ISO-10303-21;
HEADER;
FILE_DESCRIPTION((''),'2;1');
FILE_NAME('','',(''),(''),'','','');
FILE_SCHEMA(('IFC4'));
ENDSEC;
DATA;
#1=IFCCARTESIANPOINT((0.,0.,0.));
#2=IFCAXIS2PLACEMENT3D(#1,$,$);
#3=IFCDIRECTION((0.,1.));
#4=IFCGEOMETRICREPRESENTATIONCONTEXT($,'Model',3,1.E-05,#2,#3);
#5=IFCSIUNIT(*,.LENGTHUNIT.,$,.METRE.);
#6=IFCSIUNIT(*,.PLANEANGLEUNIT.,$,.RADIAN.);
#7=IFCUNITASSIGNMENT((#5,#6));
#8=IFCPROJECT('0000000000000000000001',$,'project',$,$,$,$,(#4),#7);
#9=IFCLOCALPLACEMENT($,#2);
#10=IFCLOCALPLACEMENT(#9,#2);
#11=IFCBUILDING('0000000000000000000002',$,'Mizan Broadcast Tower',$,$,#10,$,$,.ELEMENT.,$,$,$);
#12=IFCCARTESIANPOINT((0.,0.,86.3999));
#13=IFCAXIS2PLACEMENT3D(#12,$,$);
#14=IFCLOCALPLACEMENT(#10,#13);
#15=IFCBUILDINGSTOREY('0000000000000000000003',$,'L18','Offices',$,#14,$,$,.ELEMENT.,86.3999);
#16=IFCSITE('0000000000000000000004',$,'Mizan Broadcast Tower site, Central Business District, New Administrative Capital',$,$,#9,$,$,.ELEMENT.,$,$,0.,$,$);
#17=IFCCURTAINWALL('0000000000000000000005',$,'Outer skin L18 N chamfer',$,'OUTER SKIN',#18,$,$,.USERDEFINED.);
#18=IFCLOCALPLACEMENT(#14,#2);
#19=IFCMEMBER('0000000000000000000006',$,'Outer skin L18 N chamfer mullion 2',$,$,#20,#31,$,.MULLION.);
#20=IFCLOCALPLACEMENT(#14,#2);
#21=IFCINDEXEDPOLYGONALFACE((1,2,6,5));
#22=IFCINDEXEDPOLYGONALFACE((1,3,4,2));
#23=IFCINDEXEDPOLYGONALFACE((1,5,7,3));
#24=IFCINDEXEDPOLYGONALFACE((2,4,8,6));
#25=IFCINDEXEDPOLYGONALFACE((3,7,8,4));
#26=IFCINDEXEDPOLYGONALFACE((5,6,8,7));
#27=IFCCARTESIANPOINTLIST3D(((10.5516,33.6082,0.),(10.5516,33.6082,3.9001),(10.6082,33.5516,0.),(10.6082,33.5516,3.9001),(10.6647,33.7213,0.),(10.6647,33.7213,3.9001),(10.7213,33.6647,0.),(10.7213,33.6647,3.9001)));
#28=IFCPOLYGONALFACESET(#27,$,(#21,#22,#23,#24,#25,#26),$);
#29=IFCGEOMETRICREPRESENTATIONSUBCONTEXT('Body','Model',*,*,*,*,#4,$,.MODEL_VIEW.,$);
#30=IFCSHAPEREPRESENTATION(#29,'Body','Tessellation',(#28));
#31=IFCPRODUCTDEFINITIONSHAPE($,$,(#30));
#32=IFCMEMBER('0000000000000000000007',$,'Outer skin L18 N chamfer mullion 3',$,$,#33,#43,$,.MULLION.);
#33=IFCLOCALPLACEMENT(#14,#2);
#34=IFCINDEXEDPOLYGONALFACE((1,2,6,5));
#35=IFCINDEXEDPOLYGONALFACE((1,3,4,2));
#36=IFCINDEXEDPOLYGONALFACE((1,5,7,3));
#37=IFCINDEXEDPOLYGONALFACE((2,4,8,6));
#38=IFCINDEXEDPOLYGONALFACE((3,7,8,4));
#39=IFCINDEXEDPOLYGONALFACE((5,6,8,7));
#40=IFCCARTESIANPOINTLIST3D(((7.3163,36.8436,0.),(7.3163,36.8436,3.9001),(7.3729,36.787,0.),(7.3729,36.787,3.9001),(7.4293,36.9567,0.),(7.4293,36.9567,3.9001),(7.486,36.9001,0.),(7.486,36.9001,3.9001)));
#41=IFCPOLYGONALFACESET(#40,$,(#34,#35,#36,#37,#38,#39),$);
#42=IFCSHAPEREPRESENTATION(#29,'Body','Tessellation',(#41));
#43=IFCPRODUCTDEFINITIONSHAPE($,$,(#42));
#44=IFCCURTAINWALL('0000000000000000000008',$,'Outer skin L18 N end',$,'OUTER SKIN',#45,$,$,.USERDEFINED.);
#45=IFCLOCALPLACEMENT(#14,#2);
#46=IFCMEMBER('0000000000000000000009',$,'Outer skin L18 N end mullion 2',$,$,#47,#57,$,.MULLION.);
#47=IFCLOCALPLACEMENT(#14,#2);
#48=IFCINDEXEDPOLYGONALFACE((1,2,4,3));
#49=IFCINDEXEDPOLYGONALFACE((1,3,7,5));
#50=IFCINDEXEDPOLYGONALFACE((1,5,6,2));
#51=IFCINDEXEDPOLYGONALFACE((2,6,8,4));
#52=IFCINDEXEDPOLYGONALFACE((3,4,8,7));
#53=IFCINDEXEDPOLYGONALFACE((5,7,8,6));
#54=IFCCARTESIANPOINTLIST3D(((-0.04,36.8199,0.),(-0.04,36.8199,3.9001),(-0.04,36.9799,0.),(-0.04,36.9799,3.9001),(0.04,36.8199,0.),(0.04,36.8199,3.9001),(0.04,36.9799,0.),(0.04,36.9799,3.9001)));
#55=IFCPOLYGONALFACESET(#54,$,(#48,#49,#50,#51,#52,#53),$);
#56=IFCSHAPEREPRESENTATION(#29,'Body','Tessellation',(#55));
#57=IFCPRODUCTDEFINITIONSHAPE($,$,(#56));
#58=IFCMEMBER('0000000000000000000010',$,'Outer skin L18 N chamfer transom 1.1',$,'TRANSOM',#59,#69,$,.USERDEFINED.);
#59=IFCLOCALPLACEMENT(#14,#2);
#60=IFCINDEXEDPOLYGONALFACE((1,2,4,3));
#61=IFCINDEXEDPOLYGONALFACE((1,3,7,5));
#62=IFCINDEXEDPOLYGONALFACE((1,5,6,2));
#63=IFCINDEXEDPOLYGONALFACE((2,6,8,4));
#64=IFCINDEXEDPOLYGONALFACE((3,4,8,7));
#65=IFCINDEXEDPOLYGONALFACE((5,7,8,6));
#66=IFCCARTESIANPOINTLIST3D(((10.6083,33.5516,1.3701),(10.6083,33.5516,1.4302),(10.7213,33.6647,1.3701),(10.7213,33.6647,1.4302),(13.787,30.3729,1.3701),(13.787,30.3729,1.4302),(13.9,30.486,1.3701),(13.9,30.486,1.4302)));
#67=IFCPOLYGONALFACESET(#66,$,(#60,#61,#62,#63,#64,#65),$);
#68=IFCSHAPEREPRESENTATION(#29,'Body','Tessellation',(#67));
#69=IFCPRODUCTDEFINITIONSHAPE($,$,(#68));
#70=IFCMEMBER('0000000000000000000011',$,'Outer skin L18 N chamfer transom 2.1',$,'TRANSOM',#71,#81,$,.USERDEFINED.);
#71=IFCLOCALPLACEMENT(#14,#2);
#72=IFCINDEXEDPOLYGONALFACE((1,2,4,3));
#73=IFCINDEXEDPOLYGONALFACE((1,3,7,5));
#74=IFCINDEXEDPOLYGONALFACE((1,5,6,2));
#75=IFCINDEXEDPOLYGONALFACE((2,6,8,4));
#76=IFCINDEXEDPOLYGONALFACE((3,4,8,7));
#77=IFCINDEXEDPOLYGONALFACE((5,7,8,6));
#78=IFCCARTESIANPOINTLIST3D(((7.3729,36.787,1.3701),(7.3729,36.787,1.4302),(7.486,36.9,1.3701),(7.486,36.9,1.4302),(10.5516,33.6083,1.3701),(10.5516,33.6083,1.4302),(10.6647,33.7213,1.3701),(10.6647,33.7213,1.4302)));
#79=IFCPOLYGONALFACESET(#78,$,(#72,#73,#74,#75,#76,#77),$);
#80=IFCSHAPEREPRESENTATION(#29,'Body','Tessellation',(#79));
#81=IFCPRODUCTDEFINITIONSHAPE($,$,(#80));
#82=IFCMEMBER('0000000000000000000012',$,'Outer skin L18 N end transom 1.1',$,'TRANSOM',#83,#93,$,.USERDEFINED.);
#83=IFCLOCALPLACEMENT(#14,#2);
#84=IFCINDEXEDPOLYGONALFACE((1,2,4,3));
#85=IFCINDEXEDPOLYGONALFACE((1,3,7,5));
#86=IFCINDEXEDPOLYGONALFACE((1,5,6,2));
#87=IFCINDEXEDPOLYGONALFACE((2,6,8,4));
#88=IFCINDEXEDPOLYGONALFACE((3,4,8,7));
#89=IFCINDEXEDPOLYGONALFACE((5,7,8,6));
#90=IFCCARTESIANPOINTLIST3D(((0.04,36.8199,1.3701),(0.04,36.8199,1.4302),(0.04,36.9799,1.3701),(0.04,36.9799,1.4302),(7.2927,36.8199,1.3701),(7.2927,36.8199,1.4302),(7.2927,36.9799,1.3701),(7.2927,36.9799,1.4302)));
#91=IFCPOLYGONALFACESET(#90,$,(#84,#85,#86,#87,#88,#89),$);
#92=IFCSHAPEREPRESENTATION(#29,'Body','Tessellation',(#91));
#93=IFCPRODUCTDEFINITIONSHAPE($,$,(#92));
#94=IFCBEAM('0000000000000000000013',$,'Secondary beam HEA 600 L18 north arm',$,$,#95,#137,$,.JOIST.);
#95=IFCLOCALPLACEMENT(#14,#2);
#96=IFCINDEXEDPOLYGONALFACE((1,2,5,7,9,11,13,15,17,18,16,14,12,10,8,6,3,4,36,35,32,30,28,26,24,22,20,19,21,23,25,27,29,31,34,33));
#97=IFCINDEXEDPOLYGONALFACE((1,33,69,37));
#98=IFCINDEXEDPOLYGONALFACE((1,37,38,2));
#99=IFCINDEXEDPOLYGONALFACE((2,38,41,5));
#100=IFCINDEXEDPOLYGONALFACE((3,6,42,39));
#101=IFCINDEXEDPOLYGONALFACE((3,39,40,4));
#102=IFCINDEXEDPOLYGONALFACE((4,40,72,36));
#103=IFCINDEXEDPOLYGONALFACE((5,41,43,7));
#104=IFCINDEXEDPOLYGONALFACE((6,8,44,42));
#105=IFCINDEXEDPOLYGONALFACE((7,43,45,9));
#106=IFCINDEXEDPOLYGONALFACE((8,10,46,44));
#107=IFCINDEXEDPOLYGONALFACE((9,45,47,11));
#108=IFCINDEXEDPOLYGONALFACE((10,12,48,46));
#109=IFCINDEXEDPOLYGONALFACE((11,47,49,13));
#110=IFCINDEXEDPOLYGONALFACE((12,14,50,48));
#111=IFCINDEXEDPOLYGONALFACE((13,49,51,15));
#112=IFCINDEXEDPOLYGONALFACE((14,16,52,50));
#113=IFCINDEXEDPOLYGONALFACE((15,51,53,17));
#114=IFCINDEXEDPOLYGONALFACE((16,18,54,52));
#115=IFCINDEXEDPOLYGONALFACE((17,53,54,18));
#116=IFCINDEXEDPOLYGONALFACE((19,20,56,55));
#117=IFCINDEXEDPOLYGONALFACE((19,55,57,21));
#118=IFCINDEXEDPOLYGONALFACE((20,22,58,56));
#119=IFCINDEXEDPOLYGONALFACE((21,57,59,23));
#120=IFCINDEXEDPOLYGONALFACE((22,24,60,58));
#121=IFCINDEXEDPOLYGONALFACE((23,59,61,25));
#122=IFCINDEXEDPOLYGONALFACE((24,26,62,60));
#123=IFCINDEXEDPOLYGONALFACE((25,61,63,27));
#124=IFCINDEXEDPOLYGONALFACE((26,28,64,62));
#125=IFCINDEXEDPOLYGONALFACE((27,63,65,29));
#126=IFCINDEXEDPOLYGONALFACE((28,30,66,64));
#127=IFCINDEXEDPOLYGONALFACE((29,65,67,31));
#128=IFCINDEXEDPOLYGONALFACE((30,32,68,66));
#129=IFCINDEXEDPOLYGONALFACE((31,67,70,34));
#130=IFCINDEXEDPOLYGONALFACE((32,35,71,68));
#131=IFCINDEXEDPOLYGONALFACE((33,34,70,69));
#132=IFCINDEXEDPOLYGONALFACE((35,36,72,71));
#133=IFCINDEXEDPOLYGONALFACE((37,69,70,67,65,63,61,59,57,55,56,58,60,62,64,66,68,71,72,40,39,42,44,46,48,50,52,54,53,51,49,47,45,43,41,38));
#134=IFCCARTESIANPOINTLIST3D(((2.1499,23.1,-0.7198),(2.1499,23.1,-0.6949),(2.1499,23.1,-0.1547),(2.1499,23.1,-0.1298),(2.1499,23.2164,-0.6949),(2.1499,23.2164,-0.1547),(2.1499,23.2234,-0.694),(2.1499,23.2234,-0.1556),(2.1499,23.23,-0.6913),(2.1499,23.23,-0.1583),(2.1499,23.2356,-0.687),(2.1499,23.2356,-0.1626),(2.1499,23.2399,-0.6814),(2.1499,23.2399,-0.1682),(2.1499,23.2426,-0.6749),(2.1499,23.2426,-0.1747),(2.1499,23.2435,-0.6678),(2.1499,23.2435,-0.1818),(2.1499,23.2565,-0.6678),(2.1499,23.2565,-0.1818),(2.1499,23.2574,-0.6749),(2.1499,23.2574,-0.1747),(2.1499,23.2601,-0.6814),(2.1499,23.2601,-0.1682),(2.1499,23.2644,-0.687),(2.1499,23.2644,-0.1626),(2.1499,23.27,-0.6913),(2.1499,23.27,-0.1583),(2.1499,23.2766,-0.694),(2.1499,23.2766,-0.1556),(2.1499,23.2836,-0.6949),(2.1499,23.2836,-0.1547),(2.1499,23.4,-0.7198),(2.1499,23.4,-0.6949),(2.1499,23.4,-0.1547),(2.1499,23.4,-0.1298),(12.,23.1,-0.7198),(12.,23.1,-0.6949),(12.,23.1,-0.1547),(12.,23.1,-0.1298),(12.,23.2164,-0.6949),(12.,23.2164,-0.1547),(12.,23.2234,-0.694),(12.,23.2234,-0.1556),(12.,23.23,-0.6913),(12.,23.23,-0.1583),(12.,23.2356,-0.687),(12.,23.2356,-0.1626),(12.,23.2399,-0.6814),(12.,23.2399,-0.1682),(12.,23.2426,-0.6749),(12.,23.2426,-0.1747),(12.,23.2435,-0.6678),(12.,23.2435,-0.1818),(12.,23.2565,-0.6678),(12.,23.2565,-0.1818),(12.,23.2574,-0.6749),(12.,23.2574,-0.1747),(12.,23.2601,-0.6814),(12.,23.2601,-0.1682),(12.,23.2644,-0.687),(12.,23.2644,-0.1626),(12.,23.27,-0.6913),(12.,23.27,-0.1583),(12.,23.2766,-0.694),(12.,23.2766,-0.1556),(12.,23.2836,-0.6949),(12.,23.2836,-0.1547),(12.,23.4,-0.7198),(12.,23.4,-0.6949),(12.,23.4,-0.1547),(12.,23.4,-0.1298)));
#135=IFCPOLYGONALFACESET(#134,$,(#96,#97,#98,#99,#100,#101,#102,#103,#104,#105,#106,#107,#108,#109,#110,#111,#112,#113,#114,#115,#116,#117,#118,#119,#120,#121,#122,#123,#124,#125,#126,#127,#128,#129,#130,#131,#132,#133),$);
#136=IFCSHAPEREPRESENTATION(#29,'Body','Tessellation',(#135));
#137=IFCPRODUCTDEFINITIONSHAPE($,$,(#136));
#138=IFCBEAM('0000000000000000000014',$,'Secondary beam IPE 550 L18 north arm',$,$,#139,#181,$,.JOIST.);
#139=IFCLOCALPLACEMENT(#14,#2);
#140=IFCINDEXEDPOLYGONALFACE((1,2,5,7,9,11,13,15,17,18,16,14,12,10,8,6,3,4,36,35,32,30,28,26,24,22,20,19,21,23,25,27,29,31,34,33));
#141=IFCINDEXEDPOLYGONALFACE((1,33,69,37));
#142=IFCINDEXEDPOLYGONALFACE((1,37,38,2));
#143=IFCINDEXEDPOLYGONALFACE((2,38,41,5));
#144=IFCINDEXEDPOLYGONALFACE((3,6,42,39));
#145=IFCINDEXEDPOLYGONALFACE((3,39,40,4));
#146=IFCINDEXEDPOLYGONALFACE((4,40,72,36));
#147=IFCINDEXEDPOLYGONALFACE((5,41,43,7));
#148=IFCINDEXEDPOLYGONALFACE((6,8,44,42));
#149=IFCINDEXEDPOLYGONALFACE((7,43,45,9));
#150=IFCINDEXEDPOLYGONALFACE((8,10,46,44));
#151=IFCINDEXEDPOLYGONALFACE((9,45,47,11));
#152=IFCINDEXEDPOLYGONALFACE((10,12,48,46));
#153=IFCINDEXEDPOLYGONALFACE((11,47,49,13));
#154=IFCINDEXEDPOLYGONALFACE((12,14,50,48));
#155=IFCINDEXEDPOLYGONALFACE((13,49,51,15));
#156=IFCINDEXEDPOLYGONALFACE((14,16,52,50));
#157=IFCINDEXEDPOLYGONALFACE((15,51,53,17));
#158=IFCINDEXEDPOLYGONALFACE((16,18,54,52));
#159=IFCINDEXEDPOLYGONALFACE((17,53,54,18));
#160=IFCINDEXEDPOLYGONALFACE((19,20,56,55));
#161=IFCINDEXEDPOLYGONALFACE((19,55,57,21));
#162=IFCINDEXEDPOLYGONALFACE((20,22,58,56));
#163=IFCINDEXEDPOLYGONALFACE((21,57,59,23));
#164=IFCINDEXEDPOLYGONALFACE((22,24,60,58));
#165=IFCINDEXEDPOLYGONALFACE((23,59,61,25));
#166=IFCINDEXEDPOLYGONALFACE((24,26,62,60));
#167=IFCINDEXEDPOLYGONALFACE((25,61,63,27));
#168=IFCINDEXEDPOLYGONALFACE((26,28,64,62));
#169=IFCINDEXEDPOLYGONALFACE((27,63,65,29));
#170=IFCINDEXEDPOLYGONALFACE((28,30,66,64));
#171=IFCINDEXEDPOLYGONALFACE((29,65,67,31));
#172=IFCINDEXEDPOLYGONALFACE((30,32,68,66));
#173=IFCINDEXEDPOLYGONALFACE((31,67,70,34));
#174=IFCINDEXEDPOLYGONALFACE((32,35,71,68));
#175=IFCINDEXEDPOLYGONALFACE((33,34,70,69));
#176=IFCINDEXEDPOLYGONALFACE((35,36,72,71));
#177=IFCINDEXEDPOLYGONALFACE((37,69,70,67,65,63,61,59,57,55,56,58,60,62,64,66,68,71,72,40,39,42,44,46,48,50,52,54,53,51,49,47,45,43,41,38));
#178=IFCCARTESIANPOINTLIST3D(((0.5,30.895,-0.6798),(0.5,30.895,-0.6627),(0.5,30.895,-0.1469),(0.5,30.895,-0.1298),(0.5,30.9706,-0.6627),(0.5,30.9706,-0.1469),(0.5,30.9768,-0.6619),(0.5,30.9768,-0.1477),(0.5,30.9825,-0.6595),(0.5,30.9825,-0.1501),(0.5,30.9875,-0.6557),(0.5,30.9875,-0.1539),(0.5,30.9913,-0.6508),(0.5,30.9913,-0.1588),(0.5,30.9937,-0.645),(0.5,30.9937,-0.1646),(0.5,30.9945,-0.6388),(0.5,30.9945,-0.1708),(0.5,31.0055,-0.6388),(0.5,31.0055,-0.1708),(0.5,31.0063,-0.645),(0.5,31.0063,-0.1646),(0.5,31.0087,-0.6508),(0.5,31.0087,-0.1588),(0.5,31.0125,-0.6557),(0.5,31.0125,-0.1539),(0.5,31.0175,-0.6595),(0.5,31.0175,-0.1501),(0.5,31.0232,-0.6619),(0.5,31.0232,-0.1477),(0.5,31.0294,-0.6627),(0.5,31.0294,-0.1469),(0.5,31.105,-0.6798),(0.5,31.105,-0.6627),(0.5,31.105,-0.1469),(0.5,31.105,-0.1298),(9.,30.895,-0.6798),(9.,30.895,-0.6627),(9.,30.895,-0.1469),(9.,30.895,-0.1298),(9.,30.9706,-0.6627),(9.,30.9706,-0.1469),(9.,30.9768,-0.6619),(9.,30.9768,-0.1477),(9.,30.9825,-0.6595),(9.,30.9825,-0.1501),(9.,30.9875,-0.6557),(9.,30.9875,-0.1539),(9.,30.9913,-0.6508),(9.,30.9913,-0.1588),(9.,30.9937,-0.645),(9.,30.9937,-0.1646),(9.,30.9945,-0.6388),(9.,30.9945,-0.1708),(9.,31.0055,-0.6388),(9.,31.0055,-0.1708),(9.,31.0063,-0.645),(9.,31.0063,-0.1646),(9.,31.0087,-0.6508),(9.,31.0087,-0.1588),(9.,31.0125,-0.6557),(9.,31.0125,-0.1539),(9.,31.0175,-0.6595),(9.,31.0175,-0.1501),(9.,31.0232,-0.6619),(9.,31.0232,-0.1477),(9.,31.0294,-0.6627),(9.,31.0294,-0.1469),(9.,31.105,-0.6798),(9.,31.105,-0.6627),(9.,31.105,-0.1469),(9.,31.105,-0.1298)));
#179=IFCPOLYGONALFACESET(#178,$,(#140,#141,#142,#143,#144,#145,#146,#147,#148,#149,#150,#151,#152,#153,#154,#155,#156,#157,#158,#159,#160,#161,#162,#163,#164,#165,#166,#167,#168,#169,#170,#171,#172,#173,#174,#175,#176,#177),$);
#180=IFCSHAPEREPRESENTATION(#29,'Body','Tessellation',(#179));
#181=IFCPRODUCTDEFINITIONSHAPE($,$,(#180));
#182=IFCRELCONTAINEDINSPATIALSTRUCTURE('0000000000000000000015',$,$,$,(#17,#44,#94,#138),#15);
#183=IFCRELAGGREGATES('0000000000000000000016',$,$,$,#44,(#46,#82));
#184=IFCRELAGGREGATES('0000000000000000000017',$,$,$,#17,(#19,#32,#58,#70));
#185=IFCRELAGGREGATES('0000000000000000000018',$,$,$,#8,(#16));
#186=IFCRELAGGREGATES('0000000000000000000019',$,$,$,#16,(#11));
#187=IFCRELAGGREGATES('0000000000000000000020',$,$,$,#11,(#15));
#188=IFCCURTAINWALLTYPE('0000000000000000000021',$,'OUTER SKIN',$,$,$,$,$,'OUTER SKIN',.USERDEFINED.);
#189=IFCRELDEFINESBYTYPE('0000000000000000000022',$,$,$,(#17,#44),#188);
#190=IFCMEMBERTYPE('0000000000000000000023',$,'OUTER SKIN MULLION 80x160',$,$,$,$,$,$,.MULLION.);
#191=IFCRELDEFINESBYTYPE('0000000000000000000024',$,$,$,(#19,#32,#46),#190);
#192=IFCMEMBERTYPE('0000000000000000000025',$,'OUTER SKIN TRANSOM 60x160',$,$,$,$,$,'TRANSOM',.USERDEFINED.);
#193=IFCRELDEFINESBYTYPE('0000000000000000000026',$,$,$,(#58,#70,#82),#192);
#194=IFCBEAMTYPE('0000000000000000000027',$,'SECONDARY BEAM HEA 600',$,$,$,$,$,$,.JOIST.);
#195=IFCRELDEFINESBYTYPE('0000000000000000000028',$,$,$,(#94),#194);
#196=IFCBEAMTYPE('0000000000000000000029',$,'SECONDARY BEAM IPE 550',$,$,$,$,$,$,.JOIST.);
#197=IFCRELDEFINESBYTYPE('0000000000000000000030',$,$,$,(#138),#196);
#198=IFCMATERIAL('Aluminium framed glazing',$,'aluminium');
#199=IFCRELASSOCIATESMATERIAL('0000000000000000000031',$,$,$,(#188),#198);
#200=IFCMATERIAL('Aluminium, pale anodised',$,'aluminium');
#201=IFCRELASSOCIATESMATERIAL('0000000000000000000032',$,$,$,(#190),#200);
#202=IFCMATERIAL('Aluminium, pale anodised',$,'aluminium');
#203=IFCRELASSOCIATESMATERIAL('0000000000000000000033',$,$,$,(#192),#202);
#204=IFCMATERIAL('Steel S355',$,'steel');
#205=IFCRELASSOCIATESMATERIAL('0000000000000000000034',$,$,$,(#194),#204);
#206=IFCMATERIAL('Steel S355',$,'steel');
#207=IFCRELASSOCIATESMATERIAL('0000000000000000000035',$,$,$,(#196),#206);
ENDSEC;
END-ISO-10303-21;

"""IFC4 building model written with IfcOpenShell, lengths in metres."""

from ifc_helpers import new_model, si_unit, direction, frame, origin, origin_2d, place, context, subcontext, project, spatial, rectangle, i_section, extrude, material, material_profile, profile_set, type_object, element, aggregate, save


model = new_model("IFC4")

# Units and contexts
model_context = context("Model", 3, precision=1e-05, world=origin(), true_north=direction((0.0, 1.0)))
body_context = subcontext(model_context, "Body", "Model", "MODEL_VIEW")
ifc_project = project(units=[si_unit("LENGTHUNIT", "METRE"), si_unit("PLANEANGLEUNIT", "RADIAN")], contexts=[model_context])

# Site, building, storey
site_placement = place(None, origin())
site = spatial("IfcSite", under=ifc_project, at=site_placement, Name="Mizan Broadcast Tower site, Central Business District, New Administrative Capital", CompositionType="ELEMENT", RefElevation=0.0)
building_placement = place(site_placement, origin())
building = spatial("IfcBuilding", under=site, at=building_placement, Name="Mizan Broadcast Tower", CompositionType="ELEMENT")
storey_placement = place(building_placement, frame((0.0, 0.0, 86.3999)))
storey = spatial("IfcBuildingStorey", under=building, at=storey_placement, Name="L18", Description="Offices", CompositionType="ELEMENT", Elevation=86.3999)

# Curtain wall, members
ifc_material_1 = material(Name="Aluminium framed glazing", Category="aluminium")
curtain_wall_type_1 = type_object("IfcCurtainWallType", Name="OUTER SKIN", ElementType="OUTER SKIN", PredefinedType="USERDEFINED", material=ifc_material_1)
curtain_wall_1_placement = place(storey_placement, origin())
curtain_wall_1 = element("IfcCurtainWall", 1, at=curtain_wall_1_placement, inside=storey, type_object=curtain_wall_type_1, Name="Outer skin L18 N chamfer", ObjectType="OUTER SKIN", PredefinedType="USERDEFINED")
ifc_material_2 = material(Name="Aluminium, pale anodised", Category="aluminium")
ifc_material_profile_1 = material_profile(ifc_material_2, rectangle(XDim=0.1599, YDim=0.0801, at=origin_2d()), Name="MULLION 160x80")
ifc_profile_set_1 = profile_set([ifc_material_profile_1], Name="Aluminium, pale anodised")
member_type_1 = type_object("IfcMemberType", Name="OUTER SKIN MULLION 80x160", PredefinedType="MULLION", material=ifc_profile_set_1)
member_1_placement = place(storey_placement, frame((10.6365, 33.6365, 0.0), z_axis=(0.0, 0.0, 1.0), x_axis=(-0.707107, -0.707107, 0.0)))
member_1 = element("IfcMember", 2, at=member_1_placement, type_object=member_type_1, Name="Outer skin L18 N chamfer mullion 2", PredefinedType="MULLION", context=body_context, shape_type="SweptSolid", body=[
    extrude(rectangle(XDim=0.1599, YDim=0.0801, at=origin_2d()), origin(), (0.0, 0.0, 1.0), 3.9001),
])
member_2_placement = place(storey_placement, frame((7.4011, 36.8718, 0.0), z_axis=(0.0, 0.0, 1.0), x_axis=(-0.707107, -0.707107, 0.0)))
member_2 = element("IfcMember", 3, at=member_2_placement, type_object=member_type_1, Name="Outer skin L18 N chamfer mullion 3", PredefinedType="MULLION", context=body_context, shape_type="SweptSolid", body=[
    extrude(rectangle(XDim=0.1599, YDim=0.0801, at=origin_2d()), origin(), (0.0, 0.0, 1.0), 3.9001),
])

# Curtain wall, member
curtain_wall_2_placement = place(storey_placement, origin())
curtain_wall_2 = element("IfcCurtainWall", 4, at=curtain_wall_2_placement, inside=storey, type_object=curtain_wall_type_1, Name="Outer skin L18 N end", ObjectType="OUTER SKIN", PredefinedType="USERDEFINED")
member_3_placement = place(storey_placement, frame((0.0, 36.8999, 0.0), z_axis=(0.0, 0.0, 1.0), x_axis=(0.0, -1.0, 0.0)))
member_3 = element("IfcMember", 5, at=member_3_placement, type_object=member_type_1, Name="Outer skin L18 N end mullion 2", PredefinedType="MULLION", context=body_context, shape_type="SweptSolid", body=[
    extrude(rectangle(XDim=0.1599, YDim=0.0801, at=origin_2d()), origin(), (0.0, 0.0, 1.0), 3.9001),
])

# Members
ifc_material_3 = material(Name="Aluminium, pale anodised", Category="aluminium")
ifc_material_profile_2 = material_profile(ifc_material_3, rectangle(XDim=0.1599, YDim=0.0601, at=origin_2d()), Name="TRANSOM 160x60")
ifc_profile_set_2 = profile_set([ifc_material_profile_2], Name="Aluminium, pale anodised")
member_type_2 = type_object("IfcMemberType", Name="OUTER SKIN TRANSOM 60x160", ElementType="TRANSOM", PredefinedType="USERDEFINED", material=ifc_profile_set_2)
member_4_placement = place(storey_placement, frame((13.8435, 30.4294, 1.4001), z_axis=(-0.707107, 0.707107, 0.0), x_axis=(-0.707107, -0.707107, 0.0)))
member_4 = element("IfcMember", 6, at=member_4_placement, type_object=member_type_2, Name="Outer skin L18 N chamfer transom 1.1", ObjectType="TRANSOM", PredefinedType="USERDEFINED", context=body_context, shape_type="SweptSolid", body=[
    extrude(rectangle(XDim=0.1599, YDim=0.0601, at=origin_2d()), origin(), (0.0, 0.0, 1.0), 4.4954),
])
member_5_placement = place(storey_placement, frame((10.6082, 33.6648, 1.4001), z_axis=(-0.707107, 0.707107, 0.0), x_axis=(-0.707107, -0.707107, 0.0)))
member_5 = element("IfcMember", 7, at=member_5_placement, type_object=member_type_2, Name="Outer skin L18 N chamfer transom 2.1", ObjectType="TRANSOM", PredefinedType="USERDEFINED", context=body_context, shape_type="SweptSolid", body=[
    extrude(rectangle(XDim=0.1599, YDim=0.0601, at=origin_2d()), origin(), (0.0, 0.0, 1.0), 4.4954),
])
member_6_placement = place(storey_placement, frame((7.2927, 36.8999, 1.4001), z_axis=(-1.0, 0.0, 0.0), x_axis=(0.0, -1.0, 0.0)))
member_6 = element("IfcMember", 8, at=member_6_placement, type_object=member_type_2, Name="Outer skin L18 N end transom 1.1", ObjectType="TRANSOM", PredefinedType="USERDEFINED", context=body_context, shape_type="SweptSolid", body=[
    extrude(rectangle(XDim=0.1599, YDim=0.0601, at=origin_2d()), origin(), (0.0, 0.0, 1.0), 7.2527),
])

# Beams
ifc_material_4 = material(Name="Steel S355", Category="steel")
ifc_material_profile_3 = material_profile(ifc_material_4, i_section(OverallWidth=0.3, OverallDepth=0.5901, WebThickness=0.0129, FlangeThickness=0.0249, FilletRadius=0.0271, at=origin_2d()), Name="HEA 600")
ifc_profile_set_3 = profile_set([ifc_material_profile_3], Name="Steel S355")
beam_type_1 = type_object("IfcBeamType", Name="SECONDARY BEAM HEA 600", PredefinedType="JOIST", material=ifc_profile_set_3)
beam_1_placement = place(storey_placement, frame((12.0, 23.25, -0.4248), z_axis=(-1.0, 0.0, 0.0), x_axis=(0.0, -1.0, 0.0)))
element("IfcBeam", 9, at=beam_1_placement, inside=storey, type_object=beam_type_1, Name="Secondary beam HEA 600 L18 north arm", PredefinedType="JOIST", context=body_context, shape_type="SweptSolid", body=[
    extrude(i_section(OverallWidth=0.3, OverallDepth=0.5901, WebThickness=0.0129, FlangeThickness=0.0249, FilletRadius=0.0271, at=origin_2d()), origin(), (0.0, 0.0, 1.0), 9.8501),
])
ifc_material_5 = material(Name="Steel S355", Category="steel")
ifc_material_profile_4 = material_profile(ifc_material_5, i_section(OverallWidth=0.21, OverallDepth=0.55, WebThickness=0.011, FlangeThickness=0.0171, FilletRadius=0.0239, at=origin_2d()), Name="IPE 550")
ifc_profile_set_4 = profile_set([ifc_material_profile_4], Name="Steel S355")
beam_type_2 = type_object("IfcBeamType", Name="SECONDARY BEAM IPE 550", PredefinedType="JOIST", material=ifc_profile_set_4)
beam_2_placement = place(storey_placement, frame((9.0, 31.0, -0.4048), z_axis=(-1.0, 0.0, 0.0), x_axis=(0.0, -1.0, 0.0)))
element("IfcBeam", 10, at=beam_2_placement, inside=storey, type_object=beam_type_2, Name="Secondary beam IPE 550 L18 north arm", PredefinedType="JOIST", context=body_context, shape_type="SweptSolid", body=[
    extrude(i_section(OverallWidth=0.21, OverallDepth=0.55, WebThickness=0.011, FlangeThickness=0.0171, FilletRadius=0.0239, at=origin_2d()), origin(), (0.0, 0.0, 1.0), 8.5),
])

aggregate(curtain_wall_2, [member_3, member_6])
aggregate(curtain_wall_1, [member_1, member_2, member_4, member_5])

save(model, "model.ifc")
